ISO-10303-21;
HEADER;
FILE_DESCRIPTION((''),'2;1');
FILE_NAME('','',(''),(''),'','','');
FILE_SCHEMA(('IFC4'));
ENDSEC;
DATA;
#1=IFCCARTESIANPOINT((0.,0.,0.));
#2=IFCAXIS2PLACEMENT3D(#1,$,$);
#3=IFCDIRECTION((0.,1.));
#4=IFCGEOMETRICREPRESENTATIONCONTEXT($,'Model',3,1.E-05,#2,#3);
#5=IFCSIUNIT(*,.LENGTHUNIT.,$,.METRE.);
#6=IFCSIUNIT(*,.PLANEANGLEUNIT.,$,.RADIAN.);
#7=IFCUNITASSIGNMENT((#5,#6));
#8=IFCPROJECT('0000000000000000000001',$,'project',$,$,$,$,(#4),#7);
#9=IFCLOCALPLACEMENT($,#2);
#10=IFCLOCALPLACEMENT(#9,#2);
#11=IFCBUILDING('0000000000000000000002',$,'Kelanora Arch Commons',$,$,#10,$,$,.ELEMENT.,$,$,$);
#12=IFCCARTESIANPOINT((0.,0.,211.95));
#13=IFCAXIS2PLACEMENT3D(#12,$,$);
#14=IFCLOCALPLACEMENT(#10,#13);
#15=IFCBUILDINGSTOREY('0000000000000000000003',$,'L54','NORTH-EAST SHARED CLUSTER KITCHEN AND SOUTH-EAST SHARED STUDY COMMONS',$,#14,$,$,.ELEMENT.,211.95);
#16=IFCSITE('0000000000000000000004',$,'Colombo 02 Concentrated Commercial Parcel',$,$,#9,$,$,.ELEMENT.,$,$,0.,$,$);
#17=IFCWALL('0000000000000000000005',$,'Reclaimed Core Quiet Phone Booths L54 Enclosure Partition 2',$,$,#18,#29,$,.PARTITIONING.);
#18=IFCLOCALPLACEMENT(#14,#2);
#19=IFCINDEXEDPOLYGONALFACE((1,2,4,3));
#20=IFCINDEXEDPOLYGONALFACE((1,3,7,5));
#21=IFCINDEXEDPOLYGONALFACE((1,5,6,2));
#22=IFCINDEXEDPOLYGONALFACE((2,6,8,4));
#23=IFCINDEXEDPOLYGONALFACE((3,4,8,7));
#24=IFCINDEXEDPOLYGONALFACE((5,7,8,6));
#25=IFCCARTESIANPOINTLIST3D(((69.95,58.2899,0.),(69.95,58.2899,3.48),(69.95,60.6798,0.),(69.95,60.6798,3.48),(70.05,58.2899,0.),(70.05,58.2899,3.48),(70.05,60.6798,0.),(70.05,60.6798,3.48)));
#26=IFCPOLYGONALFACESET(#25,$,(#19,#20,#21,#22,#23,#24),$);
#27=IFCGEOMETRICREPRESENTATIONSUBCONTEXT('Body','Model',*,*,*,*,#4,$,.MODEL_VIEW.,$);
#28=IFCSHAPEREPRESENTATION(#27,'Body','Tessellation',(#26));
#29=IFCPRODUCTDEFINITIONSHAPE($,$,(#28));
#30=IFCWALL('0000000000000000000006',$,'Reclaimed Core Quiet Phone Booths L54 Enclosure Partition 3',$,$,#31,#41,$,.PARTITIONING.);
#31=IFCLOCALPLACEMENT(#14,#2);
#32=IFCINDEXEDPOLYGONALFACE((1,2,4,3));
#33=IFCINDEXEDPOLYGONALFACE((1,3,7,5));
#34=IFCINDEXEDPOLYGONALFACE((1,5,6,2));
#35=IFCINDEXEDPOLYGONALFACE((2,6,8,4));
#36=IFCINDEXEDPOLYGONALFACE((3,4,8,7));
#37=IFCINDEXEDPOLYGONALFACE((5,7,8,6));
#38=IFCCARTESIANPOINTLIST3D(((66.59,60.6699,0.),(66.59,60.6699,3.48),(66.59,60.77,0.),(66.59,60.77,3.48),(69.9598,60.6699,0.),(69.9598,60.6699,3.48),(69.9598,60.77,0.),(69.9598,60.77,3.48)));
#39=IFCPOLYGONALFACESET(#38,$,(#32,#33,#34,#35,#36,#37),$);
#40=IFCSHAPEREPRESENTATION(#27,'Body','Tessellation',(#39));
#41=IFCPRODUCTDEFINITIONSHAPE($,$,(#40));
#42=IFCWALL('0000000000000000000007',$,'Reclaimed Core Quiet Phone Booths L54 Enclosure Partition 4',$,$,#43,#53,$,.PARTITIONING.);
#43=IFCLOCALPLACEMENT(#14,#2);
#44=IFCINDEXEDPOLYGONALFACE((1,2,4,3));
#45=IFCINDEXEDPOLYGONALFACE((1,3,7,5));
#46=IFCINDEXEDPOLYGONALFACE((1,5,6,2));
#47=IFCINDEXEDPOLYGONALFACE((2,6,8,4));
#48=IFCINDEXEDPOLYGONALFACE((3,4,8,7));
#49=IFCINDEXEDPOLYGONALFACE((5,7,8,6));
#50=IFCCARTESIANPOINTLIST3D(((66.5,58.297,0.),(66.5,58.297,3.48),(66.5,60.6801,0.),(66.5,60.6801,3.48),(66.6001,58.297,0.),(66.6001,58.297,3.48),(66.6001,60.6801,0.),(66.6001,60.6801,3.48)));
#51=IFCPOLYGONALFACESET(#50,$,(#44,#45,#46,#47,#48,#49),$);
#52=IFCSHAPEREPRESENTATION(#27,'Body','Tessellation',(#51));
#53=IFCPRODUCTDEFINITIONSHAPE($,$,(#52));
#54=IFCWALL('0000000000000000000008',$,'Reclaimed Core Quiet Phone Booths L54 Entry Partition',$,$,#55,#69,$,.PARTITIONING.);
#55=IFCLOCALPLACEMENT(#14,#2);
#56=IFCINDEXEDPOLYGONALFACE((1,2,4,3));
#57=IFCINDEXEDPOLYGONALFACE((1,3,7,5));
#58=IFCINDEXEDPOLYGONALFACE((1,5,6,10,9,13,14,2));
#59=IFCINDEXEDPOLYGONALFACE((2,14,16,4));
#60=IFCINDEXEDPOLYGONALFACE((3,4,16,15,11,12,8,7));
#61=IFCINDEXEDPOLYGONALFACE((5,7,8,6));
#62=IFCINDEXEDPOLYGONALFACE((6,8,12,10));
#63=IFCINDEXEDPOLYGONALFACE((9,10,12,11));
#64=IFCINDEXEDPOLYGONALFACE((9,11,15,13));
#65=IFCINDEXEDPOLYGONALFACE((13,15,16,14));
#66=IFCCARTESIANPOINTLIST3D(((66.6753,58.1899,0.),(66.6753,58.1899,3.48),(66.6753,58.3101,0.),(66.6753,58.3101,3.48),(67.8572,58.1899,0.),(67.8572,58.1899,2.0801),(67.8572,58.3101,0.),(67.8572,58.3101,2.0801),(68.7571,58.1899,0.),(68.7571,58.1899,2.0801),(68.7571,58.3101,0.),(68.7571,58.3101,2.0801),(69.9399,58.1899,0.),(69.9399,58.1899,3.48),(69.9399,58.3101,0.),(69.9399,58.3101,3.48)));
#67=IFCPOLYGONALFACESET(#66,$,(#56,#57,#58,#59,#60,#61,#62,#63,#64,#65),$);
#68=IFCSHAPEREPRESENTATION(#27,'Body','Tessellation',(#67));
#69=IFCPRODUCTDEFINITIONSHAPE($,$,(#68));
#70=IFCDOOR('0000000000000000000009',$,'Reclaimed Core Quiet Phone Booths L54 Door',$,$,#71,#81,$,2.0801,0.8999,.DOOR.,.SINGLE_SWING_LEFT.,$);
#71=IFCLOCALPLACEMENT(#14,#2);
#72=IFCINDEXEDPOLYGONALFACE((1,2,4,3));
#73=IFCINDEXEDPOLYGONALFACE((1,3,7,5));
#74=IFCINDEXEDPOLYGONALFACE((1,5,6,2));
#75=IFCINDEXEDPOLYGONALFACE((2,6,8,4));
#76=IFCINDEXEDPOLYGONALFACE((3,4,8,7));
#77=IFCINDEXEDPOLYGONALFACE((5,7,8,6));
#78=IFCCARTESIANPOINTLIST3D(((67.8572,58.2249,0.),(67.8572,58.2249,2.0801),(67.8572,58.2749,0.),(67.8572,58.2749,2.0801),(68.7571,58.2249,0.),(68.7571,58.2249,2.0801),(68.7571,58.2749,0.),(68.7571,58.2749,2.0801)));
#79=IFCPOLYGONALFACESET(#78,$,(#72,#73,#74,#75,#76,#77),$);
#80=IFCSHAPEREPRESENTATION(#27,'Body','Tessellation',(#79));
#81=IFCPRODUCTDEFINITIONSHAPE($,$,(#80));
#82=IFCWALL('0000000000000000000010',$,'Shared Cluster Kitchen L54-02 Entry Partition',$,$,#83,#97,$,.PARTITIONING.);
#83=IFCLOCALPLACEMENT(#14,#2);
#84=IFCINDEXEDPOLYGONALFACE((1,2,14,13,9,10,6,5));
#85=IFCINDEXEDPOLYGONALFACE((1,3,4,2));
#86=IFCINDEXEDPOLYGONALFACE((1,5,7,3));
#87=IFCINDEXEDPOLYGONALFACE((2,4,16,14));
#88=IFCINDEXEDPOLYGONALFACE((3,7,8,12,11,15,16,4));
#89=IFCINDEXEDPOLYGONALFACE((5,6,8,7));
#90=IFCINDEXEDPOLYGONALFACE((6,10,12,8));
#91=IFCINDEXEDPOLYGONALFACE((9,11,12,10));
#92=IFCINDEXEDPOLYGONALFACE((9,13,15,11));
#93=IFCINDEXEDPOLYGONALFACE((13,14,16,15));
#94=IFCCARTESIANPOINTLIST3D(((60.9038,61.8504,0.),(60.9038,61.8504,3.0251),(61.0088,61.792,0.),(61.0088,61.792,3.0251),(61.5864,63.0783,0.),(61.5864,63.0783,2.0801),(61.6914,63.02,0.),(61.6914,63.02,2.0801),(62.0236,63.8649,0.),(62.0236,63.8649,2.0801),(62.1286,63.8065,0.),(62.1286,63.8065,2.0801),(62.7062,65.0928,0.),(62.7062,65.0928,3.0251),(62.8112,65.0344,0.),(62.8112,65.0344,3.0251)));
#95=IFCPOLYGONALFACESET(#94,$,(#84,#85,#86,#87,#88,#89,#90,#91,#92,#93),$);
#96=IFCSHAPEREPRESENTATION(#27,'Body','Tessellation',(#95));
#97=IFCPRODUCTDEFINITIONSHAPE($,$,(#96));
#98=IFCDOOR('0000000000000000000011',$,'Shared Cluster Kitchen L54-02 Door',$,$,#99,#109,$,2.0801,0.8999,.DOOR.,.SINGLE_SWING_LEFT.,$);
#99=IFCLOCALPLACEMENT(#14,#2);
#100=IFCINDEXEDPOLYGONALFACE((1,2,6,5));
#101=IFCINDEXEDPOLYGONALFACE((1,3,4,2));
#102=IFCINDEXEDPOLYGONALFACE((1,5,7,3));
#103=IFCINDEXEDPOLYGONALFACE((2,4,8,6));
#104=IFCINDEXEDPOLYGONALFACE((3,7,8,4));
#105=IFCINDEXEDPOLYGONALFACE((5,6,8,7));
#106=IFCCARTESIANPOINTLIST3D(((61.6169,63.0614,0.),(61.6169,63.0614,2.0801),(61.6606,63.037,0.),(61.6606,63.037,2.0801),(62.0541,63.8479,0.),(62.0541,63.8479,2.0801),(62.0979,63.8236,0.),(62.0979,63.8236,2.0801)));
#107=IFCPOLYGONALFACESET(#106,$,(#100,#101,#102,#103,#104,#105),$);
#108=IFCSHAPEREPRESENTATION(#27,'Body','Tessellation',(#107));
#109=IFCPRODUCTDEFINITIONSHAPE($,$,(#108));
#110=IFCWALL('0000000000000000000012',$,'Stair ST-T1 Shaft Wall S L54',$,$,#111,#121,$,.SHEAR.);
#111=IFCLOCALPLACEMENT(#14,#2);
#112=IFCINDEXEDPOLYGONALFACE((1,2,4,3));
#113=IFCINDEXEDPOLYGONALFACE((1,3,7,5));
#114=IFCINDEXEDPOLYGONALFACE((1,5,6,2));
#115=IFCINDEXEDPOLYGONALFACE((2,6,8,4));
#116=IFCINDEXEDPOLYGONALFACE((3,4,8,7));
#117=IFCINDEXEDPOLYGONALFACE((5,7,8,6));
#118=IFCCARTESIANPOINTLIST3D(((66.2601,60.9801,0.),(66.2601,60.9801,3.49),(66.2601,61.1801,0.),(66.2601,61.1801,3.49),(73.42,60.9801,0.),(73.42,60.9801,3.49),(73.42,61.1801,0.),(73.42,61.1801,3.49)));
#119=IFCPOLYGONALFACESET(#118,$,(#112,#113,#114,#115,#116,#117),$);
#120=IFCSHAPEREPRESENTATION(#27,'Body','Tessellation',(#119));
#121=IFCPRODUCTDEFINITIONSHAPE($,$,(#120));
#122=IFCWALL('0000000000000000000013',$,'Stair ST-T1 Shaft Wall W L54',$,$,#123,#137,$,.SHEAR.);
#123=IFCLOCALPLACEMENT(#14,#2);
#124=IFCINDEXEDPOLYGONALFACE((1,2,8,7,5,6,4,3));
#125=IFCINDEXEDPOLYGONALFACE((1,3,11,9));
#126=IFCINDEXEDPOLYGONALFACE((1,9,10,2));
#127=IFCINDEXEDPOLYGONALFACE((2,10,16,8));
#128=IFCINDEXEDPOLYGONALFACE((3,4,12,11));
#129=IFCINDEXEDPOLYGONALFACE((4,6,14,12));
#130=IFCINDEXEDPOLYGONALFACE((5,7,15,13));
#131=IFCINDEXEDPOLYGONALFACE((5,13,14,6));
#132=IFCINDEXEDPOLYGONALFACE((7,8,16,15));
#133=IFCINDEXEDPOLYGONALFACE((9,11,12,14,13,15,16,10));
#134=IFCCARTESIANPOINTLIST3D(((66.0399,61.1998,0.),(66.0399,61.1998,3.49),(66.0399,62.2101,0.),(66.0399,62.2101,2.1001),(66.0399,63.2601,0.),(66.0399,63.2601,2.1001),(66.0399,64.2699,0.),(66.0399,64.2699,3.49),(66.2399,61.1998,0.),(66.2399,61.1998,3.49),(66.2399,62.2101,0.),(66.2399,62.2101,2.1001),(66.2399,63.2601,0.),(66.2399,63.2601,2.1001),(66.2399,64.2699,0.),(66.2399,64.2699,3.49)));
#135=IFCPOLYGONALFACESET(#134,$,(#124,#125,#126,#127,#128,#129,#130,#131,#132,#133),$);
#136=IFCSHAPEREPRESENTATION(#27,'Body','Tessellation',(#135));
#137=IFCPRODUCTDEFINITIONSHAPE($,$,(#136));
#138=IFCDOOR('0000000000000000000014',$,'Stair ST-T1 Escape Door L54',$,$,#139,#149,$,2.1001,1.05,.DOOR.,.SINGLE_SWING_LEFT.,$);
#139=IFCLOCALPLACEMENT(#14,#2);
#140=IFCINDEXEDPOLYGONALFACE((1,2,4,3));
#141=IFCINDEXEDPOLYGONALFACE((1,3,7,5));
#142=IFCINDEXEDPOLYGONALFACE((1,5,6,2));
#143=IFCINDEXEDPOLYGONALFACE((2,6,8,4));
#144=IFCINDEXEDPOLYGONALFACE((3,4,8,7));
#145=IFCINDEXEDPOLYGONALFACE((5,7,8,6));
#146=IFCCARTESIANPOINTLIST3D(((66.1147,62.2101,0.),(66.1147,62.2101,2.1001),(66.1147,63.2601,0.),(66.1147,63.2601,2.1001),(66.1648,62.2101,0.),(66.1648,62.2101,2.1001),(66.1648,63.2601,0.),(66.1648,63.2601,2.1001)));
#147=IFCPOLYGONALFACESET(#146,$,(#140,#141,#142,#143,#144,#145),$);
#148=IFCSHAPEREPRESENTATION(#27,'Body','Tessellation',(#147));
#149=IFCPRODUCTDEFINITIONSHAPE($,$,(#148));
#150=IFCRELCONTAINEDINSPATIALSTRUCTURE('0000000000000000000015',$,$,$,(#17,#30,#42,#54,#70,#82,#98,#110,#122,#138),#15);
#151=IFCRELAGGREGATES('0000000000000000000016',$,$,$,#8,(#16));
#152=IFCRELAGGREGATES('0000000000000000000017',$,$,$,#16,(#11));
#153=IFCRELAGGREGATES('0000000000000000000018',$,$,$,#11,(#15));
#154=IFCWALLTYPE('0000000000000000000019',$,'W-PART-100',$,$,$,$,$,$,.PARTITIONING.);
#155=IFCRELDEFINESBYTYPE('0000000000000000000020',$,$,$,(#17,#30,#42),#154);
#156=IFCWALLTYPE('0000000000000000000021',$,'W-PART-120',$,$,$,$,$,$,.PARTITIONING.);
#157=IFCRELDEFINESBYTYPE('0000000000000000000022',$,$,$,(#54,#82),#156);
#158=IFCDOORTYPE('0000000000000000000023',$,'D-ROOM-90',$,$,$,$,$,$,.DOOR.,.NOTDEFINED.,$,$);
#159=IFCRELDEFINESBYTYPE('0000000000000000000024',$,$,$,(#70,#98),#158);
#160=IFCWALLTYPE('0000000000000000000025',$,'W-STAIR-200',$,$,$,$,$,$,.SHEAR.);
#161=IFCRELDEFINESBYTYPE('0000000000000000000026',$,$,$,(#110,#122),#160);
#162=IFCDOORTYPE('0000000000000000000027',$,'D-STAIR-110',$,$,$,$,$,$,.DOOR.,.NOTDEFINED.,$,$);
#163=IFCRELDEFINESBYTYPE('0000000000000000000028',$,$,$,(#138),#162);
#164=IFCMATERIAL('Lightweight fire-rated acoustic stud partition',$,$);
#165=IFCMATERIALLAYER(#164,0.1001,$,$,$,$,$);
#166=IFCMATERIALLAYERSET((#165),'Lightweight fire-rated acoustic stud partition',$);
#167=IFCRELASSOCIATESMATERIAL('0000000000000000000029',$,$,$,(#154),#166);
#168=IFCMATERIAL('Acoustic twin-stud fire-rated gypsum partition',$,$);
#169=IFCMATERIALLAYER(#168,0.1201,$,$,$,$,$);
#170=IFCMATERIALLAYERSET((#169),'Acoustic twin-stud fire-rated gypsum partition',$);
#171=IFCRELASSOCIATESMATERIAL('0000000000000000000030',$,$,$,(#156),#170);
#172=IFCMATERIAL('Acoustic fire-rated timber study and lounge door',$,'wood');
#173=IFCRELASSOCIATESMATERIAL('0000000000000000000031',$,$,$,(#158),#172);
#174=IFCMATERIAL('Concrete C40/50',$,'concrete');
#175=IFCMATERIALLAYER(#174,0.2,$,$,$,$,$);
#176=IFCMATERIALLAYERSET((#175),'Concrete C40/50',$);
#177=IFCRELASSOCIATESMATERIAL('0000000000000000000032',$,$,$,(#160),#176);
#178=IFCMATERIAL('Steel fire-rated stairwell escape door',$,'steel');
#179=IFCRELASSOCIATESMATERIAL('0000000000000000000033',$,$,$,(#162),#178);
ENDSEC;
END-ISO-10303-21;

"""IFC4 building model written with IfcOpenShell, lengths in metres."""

from ifc_helpers import new_model, si_unit, direction, frame, frame_2d, origin, place, context, subcontext, project, spatial, rectangle, extrude, material, layer, layer_set, type_object, element, fill, save


model = new_model("IFC4")

# Units and contexts
model_context = context("Model", 3, precision=1e-05, world=origin(), true_north=direction((0.0, 1.0)))
body_context = subcontext(model_context, "Body", "Model", "MODEL_VIEW")
ifc_project = project(units=[si_unit("LENGTHUNIT", "METRE"), si_unit("PLANEANGLEUNIT", "RADIAN")], contexts=[model_context])

# Site, building, storey
site_placement = place(None, origin())
site = spatial("IfcSite", under=ifc_project, at=site_placement, Name="Colombo 02 Concentrated Commercial Parcel", CompositionType="ELEMENT", RefElevation=0.0)
building_placement = place(site_placement, origin())
building = spatial("IfcBuilding", under=site, at=building_placement, Name="Kelanora Arch Commons", CompositionType="ELEMENT")
storey_placement = place(building_placement, frame((0.0, 0.0, 211.95)))
storey = spatial("IfcBuildingStorey", under=building, at=storey_placement, Name="L54", Description="NORTH-EAST SHARED CLUSTER KITCHEN AND SOUTH-EAST SHARED STUDY COMMONS", CompositionType="ELEMENT", Elevation=211.95)

# Walls
ifc_material_1 = material(Name="Lightweight fire-rated acoustic stud partition")
ifc_layer_1 = layer(ifc_material_1, 0.1001)
ifc_layer_set_1 = layer_set([ifc_layer_1], Name="Lightweight fire-rated acoustic stud partition")
wall_type_1 = type_object("IfcWallType", Name="W-PART-100", PredefinedType="PARTITIONING", material=ifc_layer_set_1)
wall_1_placement = place(storey_placement, frame((70.0, 58.29, 0.0), z_axis=(0.0, 0.0, 1.0), x_axis=(0.0, 1.0, 0.0)))
element("IfcWall", 1, at=wall_1_placement, inside=storey, type_object=wall_type_1, Name="Reclaimed Core Quiet Phone Booths L54 Enclosure Partition 2", PredefinedType="PARTITIONING", context=body_context, shape_type="SweptSolid", body=[
    extrude(rectangle(XDim=2.3899, YDim=0.1001, at=frame_2d((1.1948, 0.0))), origin(), (0.0, 0.0, 1.0), 3.48),
])
wall_2_placement = place(storey_placement, frame((69.96, 60.72, 0.0), z_axis=(0.0, 0.0, 1.0), x_axis=(-1.0, 0.0, 0.0)))
element("IfcWall", 2, at=wall_2_placement, inside=storey, type_object=wall_type_1, Name="Reclaimed Core Quiet Phone Booths L54 Enclosure Partition 3", PredefinedType="PARTITIONING", context=body_context, shape_type="SweptSolid", body=[
    extrude(rectangle(XDim=3.3699, YDim=0.1001, at=frame_2d((1.6851, 0.0))), origin(), (0.0, 0.0, 1.0), 3.48),
])
wall_3_placement = place(storey_placement, frame((66.55, 60.6799, 0.0), z_axis=(0.0, 0.0, 1.0), x_axis=(0.0, -1.0, 0.0)))
element("IfcWall", 3, at=wall_3_placement, inside=storey, type_object=wall_type_1, Name="Reclaimed Core Quiet Phone Booths L54 Enclosure Partition 4", PredefinedType="PARTITIONING", context=body_context, shape_type="SweptSolid", body=[
    extrude(rectangle(XDim=2.3831, YDim=0.1001, at=frame_2d((1.1914, 0.0))), origin(), (0.0, 0.0, 1.0), 3.48),
])

# Walls, openings, doors
ifc_material_2 = material(Name="Acoustic twin-stud fire-rated gypsum partition")
ifc_layer_2 = layer(ifc_material_2, 0.1201)
ifc_layer_set_2 = layer_set([ifc_layer_2], Name="Acoustic twin-stud fire-rated gypsum partition")
wall_type_2 = type_object("IfcWallType", Name="W-PART-120", PredefinedType="PARTITIONING", material=ifc_layer_set_2)
wall_4_placement = place(storey_placement, frame((66.6753, 58.25, 0.0), z_axis=(0.0, 0.0, 1.0), x_axis=(1.0, 0.0, 0.0)))
wall_4 = element("IfcWall", 4, at=wall_4_placement, inside=storey, type_object=wall_type_2, Name="Reclaimed Core Quiet Phone Booths L54 Entry Partition", PredefinedType="PARTITIONING", context=body_context, shape_type="SweptSolid", body=[
    extrude(rectangle(XDim=3.2646, YDim=0.1201, at=frame_2d((1.6323, 0.0))), origin(), (0.0, 0.0, 1.0), 3.48),
])
opening_1_placement = place(wall_4_placement, frame((1.1819, 0.0, 0.0)))
opening_1 = element("IfcOpeningElement", 5, at=opening_1_placement, cuts=wall_4, PredefinedType="OPENING", context=body_context, shape_type="SweptSolid", body=[
    extrude(rectangle(XDim=0.8999, YDim=2.0801, at=frame_2d((0.45, 1.04))), frame((0.0, 0.0701, 0.0), z_axis=(0.0, -1.0, 0.0), x_axis=(1.0, 0.0, 0.0)), (0.0, 0.0, 1.0), 0.1401),
])
ifc_material_3 = material(Name="Acoustic fire-rated timber study and lounge door", Category="wood")
door_type_1 = type_object("IfcDoorType", Name="D-ROOM-90", OperationType="NOTDEFINED", PredefinedType="DOOR", material=ifc_material_3)
door_1_placement = place(opening_1_placement, origin())
door_1 = element("IfcDoor", 6, at=door_1_placement, inside=storey, type_object=door_type_1, Name="Reclaimed Core Quiet Phone Booths L54 Door", OperationType="SINGLE_SWING_LEFT", OverallHeight=2.0801, OverallWidth=0.8999, PredefinedType="DOOR", context=body_context, shape_type="SweptSolid", body=[
    extrude(rectangle(XDim=0.8999, YDim=2.0801, at=frame_2d((0.45, 1.04))), frame((0.0, 0.0249, 0.0), z_axis=(0.0, -1.0, 0.0), x_axis=(1.0, 0.0, 0.0)), (0.0, 0.0, 1.0), 0.05),
])
fill(opening_1, door_1)
wall_5_placement = place(storey_placement, frame((62.7588, 65.0637, 0.0), z_axis=(0.0, 0.0, 1.0), x_axis=(-0.485878, -0.874027, 0.0)))
wall_5 = element("IfcWall", 7, at=wall_5_placement, inside=storey, type_object=wall_type_2, Name="Shared Cluster Kitchen L54-02 Entry Partition", PredefinedType="PARTITIONING", context=body_context, shape_type="SweptSolid", body=[
    extrude(rectangle(XDim=3.7097, YDim=0.1201, at=frame_2d((1.855, 0.0))), origin(), (0.0, 0.0, 1.0), 3.0251),
])
opening_2_placement = place(wall_5_placement, frame((1.405, 0.0, 0.0)))
opening_2 = element("IfcOpeningElement", 8, at=opening_2_placement, cuts=wall_5, PredefinedType="OPENING", context=body_context, shape_type="SweptSolid", body=[
    extrude(rectangle(XDim=0.8999, YDim=2.0801, at=frame_2d((0.45, 1.04))), frame((0.0, 0.0701, 0.0), z_axis=(0.0, -1.0, 0.0), x_axis=(1.0, 0.0, 0.0)), (0.0, 0.0, 1.0), 0.1401),
])
door_2_placement = place(opening_2_placement, origin())
door_2 = element("IfcDoor", 9, at=door_2_placement, inside=storey, type_object=door_type_1, Name="Shared Cluster Kitchen L54-02 Door", OperationType="SINGLE_SWING_LEFT", OverallHeight=2.0801, OverallWidth=0.8999, PredefinedType="DOOR", context=body_context, shape_type="SweptSolid", body=[
    extrude(rectangle(XDim=0.8999, YDim=2.0801, at=frame_2d((0.45, 1.04))), frame((0.0, 0.0249, 0.0), z_axis=(0.0, -1.0, 0.0), x_axis=(1.0, 0.0, 0.0)), (0.0, 0.0, 1.0), 0.05),
])
fill(opening_2, door_2)

# Wall
ifc_material_4 = material(Name="Concrete C40/50", Category="concrete")
ifc_layer_3 = layer(ifc_material_4, 0.2)
ifc_layer_set_3 = layer_set([ifc_layer_3], Name="Concrete C40/50")
wall_type_3 = type_object("IfcWallType", Name="W-STAIR-200", PredefinedType="SHEAR", material=ifc_layer_set_3)
wall_6_placement = place(storey_placement, frame((66.26, 61.0801, 0.0), z_axis=(0.0, 0.0, 1.0), x_axis=(1.0, 0.0, 0.0)))
element("IfcWall", 10, at=wall_6_placement, inside=storey, type_object=wall_type_3, Name="Stair ST-T1 Shaft Wall S L54", PredefinedType="SHEAR", context=body_context, shape_type="SweptSolid", body=[
    extrude(rectangle(XDim=7.1599, YDim=0.2, at=frame_2d((3.5801, 0.0))), origin(), (0.0, 0.0, 1.0), 3.49),
])

# Wall, opening, door
wall_7_placement = place(storey_placement, frame((66.1399, 64.27, 0.0), z_axis=(0.0, 0.0, 1.0), x_axis=(0.0, -1.0, 0.0)))
wall_7 = element("IfcWall", 11, at=wall_7_placement, inside=storey, type_object=wall_type_3, Name="Stair ST-T1 Shaft Wall W L54", PredefinedType="SHEAR", context=body_context, shape_type="SweptSolid", body=[
    extrude(rectangle(XDim=3.0701, YDim=0.2, at=frame_2d((1.5352, 0.0))), origin(), (0.0, 0.0, 1.0), 3.49),
])
opening_3_placement = place(wall_7_placement, frame((1.01, 0.0, 0.0)))
opening_3 = element("IfcOpeningElement", 12, at=opening_3_placement, cuts=wall_7, PredefinedType="OPENING", context=body_context, shape_type="SweptSolid", body=[
    extrude(rectangle(XDim=1.05, YDim=2.1001, at=frame_2d((0.5249, 1.05))), frame((0.0, 0.1099, 0.0), z_axis=(0.0, -1.0, 0.0), x_axis=(1.0, 0.0, 0.0)), (0.0, 0.0, 1.0), 0.22),
])
ifc_material_5 = material(Name="Steel fire-rated stairwell escape door", Category="steel")
door_type_2 = type_object("IfcDoorType", Name="D-STAIR-110", OperationType="NOTDEFINED", PredefinedType="DOOR", material=ifc_material_5)
door_3_placement = place(opening_3_placement, origin())
door_3 = element("IfcDoor", 13, at=door_3_placement, inside=storey, type_object=door_type_2, Name="Stair ST-T1 Escape Door L54", OperationType="SINGLE_SWING_LEFT", OverallHeight=2.1001, OverallWidth=1.05, PredefinedType="DOOR", context=body_context, shape_type="SweptSolid", body=[
    extrude(rectangle(XDim=1.05, YDim=2.1001, at=frame_2d((0.5249, 1.05))), frame((0.0, 0.0249, 0.0), z_axis=(0.0, -1.0, 0.0), x_axis=(1.0, 0.0, 0.0)), (0.0, 0.0, 1.0), 0.05),
])
fill(opening_3, door_3)

save(model, "model.ifc")
